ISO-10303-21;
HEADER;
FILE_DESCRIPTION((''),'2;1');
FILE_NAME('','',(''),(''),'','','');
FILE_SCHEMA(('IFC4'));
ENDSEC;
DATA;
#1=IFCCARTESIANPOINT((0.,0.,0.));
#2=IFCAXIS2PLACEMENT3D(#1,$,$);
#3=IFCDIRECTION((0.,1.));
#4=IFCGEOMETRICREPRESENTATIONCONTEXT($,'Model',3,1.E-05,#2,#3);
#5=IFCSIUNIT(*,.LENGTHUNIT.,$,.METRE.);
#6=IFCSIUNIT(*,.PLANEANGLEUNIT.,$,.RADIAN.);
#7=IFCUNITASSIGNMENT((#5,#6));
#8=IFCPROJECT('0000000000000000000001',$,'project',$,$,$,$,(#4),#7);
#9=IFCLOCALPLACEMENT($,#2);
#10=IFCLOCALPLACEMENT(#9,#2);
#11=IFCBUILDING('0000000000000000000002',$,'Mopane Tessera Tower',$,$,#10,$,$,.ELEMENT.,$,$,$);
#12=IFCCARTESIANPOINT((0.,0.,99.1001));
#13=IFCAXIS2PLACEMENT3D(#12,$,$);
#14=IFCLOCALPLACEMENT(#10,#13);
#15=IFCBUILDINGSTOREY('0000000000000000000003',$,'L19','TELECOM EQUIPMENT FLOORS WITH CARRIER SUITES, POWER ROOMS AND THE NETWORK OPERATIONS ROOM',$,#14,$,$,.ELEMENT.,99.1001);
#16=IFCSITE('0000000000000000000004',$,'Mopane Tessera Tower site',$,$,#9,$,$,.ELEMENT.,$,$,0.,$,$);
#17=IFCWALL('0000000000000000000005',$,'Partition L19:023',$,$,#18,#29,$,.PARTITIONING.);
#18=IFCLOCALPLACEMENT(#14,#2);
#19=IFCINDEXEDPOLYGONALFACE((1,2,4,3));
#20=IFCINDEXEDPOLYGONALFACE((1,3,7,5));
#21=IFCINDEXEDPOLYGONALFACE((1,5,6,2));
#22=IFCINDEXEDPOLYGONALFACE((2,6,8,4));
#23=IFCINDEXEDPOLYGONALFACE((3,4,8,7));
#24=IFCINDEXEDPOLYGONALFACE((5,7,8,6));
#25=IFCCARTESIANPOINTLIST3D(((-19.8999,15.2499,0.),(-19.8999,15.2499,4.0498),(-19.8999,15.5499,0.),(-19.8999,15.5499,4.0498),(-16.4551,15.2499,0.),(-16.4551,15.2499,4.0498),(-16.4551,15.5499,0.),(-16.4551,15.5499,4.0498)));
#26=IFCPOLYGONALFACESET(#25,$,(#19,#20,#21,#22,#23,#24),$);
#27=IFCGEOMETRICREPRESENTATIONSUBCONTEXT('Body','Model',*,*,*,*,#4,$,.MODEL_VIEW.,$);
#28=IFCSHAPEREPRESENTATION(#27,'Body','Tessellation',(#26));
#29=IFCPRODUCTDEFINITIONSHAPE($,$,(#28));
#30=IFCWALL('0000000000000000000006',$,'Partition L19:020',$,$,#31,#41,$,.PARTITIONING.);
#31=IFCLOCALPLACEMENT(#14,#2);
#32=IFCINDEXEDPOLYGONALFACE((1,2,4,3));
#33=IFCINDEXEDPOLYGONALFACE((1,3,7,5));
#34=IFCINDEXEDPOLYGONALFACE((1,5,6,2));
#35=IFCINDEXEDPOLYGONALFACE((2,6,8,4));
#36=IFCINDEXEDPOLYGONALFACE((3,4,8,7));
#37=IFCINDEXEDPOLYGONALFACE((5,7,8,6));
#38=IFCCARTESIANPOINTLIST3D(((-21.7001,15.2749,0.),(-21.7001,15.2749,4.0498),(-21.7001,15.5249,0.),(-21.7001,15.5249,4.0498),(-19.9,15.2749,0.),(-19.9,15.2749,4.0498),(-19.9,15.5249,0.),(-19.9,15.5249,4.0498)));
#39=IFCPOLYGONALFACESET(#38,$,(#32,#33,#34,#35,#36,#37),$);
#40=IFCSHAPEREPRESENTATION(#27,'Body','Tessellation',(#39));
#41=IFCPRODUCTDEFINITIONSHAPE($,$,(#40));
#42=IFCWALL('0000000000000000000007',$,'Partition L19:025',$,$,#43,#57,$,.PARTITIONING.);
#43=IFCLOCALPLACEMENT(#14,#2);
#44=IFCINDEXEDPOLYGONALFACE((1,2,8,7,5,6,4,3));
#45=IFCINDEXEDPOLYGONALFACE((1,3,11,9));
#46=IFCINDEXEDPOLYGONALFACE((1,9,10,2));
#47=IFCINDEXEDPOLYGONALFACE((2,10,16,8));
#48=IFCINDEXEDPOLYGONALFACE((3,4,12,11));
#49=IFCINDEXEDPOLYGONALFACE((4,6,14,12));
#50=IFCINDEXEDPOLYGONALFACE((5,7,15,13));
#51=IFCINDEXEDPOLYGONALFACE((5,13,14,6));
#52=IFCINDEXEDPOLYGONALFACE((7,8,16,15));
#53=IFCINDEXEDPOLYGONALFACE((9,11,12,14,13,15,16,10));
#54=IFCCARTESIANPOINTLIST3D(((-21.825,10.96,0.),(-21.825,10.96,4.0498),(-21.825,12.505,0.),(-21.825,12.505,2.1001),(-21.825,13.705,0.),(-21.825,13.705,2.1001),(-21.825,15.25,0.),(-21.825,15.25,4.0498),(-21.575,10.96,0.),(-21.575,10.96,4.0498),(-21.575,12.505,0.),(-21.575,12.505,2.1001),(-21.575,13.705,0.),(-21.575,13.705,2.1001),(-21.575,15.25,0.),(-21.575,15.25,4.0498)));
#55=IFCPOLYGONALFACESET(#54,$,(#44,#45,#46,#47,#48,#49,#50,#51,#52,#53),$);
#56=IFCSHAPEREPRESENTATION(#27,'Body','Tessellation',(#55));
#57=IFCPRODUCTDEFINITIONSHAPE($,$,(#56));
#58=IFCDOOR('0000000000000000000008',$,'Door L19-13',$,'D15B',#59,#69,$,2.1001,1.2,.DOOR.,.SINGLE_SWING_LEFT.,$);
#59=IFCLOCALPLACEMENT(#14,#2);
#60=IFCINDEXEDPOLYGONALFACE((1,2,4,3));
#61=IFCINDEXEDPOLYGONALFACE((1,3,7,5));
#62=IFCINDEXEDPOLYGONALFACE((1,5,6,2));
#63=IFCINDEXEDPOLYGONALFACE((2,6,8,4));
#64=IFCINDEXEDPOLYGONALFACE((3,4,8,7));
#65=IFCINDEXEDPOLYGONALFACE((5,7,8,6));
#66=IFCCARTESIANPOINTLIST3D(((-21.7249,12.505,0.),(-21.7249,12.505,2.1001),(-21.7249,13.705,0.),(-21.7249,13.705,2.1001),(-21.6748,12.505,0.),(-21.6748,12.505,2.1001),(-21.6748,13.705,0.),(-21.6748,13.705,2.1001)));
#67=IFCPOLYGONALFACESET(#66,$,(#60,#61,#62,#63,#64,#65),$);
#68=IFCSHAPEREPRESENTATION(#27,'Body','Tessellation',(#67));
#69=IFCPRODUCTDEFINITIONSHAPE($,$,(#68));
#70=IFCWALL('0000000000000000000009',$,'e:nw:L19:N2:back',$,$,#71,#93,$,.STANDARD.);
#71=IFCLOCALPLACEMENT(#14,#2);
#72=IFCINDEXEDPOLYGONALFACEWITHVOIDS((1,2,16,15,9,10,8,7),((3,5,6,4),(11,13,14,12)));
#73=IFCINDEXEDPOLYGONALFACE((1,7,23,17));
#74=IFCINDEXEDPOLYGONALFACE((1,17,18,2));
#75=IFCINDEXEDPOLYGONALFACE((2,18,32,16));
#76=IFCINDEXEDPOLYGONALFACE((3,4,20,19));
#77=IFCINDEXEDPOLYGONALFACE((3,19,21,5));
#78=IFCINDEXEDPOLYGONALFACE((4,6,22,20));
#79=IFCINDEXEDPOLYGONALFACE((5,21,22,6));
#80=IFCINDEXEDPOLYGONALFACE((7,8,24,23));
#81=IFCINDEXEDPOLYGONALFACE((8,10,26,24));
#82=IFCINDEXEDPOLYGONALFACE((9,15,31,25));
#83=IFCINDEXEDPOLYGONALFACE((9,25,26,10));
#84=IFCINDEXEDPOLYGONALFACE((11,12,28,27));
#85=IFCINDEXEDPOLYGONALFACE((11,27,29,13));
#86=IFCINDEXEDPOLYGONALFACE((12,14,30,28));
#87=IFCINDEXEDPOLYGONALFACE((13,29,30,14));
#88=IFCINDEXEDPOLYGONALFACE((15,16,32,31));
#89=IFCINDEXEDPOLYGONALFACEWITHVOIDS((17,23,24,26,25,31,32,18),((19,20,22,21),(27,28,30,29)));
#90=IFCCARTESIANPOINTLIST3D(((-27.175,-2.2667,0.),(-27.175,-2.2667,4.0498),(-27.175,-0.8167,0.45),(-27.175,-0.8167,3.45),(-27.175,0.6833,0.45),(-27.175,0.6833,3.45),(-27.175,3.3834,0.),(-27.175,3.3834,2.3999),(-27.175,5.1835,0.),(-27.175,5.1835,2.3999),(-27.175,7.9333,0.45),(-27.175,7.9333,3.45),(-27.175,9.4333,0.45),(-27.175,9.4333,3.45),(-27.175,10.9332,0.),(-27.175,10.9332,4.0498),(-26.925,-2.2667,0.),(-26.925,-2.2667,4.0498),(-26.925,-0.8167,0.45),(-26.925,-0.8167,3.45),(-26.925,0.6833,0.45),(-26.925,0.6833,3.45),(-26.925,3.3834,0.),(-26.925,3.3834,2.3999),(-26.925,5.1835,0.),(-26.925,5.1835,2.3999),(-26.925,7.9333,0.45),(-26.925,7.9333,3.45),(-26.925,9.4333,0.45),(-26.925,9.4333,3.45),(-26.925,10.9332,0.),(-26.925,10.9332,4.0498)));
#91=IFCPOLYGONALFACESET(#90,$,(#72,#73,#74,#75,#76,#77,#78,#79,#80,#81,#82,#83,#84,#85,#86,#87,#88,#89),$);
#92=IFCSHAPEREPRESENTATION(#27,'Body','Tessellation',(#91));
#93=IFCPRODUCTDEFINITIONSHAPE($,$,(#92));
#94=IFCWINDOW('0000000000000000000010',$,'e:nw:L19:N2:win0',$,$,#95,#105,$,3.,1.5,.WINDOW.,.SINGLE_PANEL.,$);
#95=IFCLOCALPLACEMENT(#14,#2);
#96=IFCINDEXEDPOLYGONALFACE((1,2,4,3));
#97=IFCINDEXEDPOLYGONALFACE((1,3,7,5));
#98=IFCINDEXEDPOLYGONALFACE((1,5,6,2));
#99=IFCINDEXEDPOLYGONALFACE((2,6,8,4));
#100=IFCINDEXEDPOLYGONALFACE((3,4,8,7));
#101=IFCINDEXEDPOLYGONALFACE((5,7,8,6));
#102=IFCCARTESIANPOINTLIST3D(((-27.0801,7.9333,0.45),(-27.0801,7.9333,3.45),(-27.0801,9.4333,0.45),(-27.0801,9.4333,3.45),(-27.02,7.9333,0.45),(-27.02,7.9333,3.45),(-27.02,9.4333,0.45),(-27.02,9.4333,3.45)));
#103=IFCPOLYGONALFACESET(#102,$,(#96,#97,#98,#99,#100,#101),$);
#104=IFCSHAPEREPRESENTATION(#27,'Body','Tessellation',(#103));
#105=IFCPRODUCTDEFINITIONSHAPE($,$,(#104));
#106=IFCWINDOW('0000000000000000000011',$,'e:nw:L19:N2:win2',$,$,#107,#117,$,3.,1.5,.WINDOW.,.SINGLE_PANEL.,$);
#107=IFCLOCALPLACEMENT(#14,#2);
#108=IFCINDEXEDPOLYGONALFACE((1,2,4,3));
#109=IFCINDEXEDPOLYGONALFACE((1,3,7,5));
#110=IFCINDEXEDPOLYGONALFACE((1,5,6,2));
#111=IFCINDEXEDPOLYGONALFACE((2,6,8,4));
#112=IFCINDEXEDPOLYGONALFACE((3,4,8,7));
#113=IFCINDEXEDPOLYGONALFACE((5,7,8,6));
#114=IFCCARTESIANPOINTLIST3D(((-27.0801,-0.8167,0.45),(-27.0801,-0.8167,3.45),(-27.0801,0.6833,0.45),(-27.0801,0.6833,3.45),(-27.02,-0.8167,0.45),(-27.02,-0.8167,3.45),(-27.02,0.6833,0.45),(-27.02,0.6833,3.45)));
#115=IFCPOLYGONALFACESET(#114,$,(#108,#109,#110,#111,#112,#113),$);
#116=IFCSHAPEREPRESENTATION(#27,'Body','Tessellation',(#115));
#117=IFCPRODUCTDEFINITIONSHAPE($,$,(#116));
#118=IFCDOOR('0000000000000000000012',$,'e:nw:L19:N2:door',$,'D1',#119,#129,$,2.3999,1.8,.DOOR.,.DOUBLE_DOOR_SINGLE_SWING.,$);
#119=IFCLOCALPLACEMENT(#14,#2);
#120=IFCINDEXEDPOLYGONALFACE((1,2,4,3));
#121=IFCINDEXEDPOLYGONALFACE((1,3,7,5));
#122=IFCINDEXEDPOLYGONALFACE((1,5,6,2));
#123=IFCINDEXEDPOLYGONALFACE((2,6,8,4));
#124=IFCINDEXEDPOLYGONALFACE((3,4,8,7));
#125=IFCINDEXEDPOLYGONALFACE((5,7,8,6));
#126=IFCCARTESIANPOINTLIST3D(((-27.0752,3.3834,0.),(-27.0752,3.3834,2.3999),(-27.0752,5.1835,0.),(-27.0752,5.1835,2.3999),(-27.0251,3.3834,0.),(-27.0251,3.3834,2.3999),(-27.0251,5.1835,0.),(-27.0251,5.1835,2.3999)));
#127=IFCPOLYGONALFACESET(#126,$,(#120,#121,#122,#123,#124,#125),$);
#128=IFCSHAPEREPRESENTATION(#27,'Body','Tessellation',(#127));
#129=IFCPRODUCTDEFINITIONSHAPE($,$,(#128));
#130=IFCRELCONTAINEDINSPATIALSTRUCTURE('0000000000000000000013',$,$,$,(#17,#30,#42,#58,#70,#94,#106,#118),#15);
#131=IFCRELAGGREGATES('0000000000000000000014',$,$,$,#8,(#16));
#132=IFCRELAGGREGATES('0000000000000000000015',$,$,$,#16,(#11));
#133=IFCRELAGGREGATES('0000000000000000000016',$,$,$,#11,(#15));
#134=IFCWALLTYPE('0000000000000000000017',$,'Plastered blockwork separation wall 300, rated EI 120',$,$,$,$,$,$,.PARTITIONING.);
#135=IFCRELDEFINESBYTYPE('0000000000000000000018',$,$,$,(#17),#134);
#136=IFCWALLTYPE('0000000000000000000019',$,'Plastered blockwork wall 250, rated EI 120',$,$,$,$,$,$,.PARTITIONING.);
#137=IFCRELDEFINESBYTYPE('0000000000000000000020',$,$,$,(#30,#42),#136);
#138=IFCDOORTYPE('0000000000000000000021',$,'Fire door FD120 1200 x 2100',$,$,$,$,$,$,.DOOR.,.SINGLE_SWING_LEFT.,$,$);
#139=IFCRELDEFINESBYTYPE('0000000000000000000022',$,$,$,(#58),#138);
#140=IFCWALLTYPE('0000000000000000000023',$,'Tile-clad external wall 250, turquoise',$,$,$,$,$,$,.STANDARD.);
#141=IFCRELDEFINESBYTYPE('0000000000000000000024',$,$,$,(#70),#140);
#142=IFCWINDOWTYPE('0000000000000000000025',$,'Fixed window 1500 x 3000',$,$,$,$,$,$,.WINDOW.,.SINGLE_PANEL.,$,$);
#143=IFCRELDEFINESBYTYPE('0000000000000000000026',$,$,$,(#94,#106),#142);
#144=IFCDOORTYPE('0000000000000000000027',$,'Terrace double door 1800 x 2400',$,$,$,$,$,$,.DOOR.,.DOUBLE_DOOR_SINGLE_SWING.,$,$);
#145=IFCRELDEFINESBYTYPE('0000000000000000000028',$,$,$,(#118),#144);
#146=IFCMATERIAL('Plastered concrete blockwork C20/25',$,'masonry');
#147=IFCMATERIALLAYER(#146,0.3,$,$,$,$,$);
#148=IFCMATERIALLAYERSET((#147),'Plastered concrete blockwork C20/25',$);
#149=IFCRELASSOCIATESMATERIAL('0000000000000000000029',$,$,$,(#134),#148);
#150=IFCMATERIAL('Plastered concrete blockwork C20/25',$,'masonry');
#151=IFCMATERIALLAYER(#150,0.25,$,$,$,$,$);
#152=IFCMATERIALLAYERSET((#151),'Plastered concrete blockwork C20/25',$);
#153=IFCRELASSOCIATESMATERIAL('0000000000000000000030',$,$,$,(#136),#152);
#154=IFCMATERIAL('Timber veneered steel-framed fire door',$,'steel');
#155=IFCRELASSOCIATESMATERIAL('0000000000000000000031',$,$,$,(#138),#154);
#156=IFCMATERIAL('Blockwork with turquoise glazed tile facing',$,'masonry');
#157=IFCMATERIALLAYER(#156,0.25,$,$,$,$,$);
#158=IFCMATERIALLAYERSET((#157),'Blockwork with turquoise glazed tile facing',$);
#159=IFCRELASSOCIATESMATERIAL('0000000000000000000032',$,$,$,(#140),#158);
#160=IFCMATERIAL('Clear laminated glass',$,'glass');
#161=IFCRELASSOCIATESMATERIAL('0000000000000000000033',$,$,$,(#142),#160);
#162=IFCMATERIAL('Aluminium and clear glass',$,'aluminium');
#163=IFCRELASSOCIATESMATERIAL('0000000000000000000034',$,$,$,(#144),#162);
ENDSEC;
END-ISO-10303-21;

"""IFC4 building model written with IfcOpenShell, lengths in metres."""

from ifc_helpers import new_model, si_unit, direction, frame, frame_2d, origin, place, context, subcontext, project, spatial, rectangle, extrude, material, layer, layer_set, type_object, element, fill, save


model = new_model("IFC4")

# Units and contexts
model_context = context("Model", 3, precision=1e-05, world=origin(), true_north=direction((0.0, 1.0)))
body_context = subcontext(model_context, "Body", "Model", "MODEL_VIEW")
ifc_project = project(units=[si_unit("LENGTHUNIT", "METRE"), si_unit("PLANEANGLEUNIT", "RADIAN")], contexts=[model_context])

# Site, building, storey
site_placement = place(None, origin())
site = spatial("IfcSite", under=ifc_project, at=site_placement, Name="Mopane Tessera Tower site", CompositionType="ELEMENT", RefElevation=0.0)
building_placement = place(site_placement, origin())
building = spatial("IfcBuilding", under=site, at=building_placement, Name="Mopane Tessera Tower", CompositionType="ELEMENT")
storey_placement = place(building_placement, frame((0.0, 0.0, 99.1001)))
storey = spatial("IfcBuildingStorey", under=building, at=storey_placement, Name="L19", Description="TELECOM EQUIPMENT FLOORS WITH CARRIER SUITES, POWER ROOMS AND THE NETWORK OPERATIONS ROOM", CompositionType="ELEMENT", Elevation=99.1001)

# Walls
ifc_material_1 = material(Name="Plastered concrete blockwork C20/25", Category="masonry")
ifc_layer_1 = layer(ifc_material_1, 0.3)
ifc_layer_set_1 = layer_set([ifc_layer_1], Name="Plastered concrete blockwork C20/25")
wall_type_1 = type_object("IfcWallType", Name="Plastered blockwork separation wall 300, rated EI 120", PredefinedType="PARTITIONING", material=ifc_layer_set_1)
wall_1_placement = place(storey_placement, frame((-19.8999, 15.3999, 0.0), z_axis=(0.0, 0.0, 1.0), x_axis=(1.0, 0.0, 0.0)))
element("IfcWall", 1, at=wall_1_placement, inside=storey, type_object=wall_type_1, Name="Partition L19:023", PredefinedType="PARTITIONING", context=body_context, shape_type="SweptSolid", body=[
    extrude(rectangle(XDim=3.4448, YDim=0.3, at=frame_2d((1.7224, 0.0))), origin(), (0.0, 0.0, 1.0), 4.0498),
])
ifc_material_2 = material(Name="Plastered concrete blockwork C20/25", Category="masonry")
ifc_layer_2 = layer(ifc_material_2, 0.25)
ifc_layer_set_2 = layer_set([ifc_layer_2], Name="Plastered concrete blockwork C20/25")
wall_type_2 = type_object("IfcWallType", Name="Plastered blockwork wall 250, rated EI 120", PredefinedType="PARTITIONING", material=ifc_layer_set_2)
wall_2_placement = place(storey_placement, frame((-21.7, 15.3999, 0.0), z_axis=(0.0, 0.0, 1.0), x_axis=(1.0, 0.0, 0.0)))
element("IfcWall", 2, at=wall_2_placement, inside=storey, type_object=wall_type_2, Name="Partition L19:020", PredefinedType="PARTITIONING", context=body_context, shape_type="SweptSolid", body=[
    extrude(rectangle(XDim=1.8, YDim=0.25, at=frame_2d((0.8999, 0.0))), origin(), (0.0, 0.0, 1.0), 4.0498),
])

# Wall, opening, door
wall_3_placement = place(storey_placement, frame((-21.7, 10.96, 0.0), z_axis=(0.0, 0.0, 1.0), x_axis=(0.0, 1.0, 0.0)))
wall_3 = element("IfcWall", 3, at=wall_3_placement, inside=storey, type_object=wall_type_2, Name="Partition L19:025", PredefinedType="PARTITIONING", context=body_context, shape_type="SweptSolid", body=[
    extrude(rectangle(XDim=4.29, YDim=0.25, at=frame_2d((2.145, 0.0))), origin(), (0.0, 0.0, 1.0), 4.0498),
])
opening_1_placement = place(wall_3_placement, frame((1.5449, 0.0, 0.0)))
opening_1 = element("IfcOpeningElement", 4, at=opening_1_placement, cuts=wall_3, PredefinedType="OPENING", context=body_context, shape_type="SweptSolid", body=[
    extrude(rectangle(XDim=1.2, YDim=2.1001, at=frame_2d((0.6001, 1.05))), frame((0.0, 0.137, 0.0), z_axis=(0.0, -1.0, 0.0), x_axis=(1.0, 0.0, 0.0)), (0.0, 0.0, 1.0), 0.2739),
])
ifc_material_3 = material(Name="Timber veneered steel-framed fire door", Category="steel")
door_type_1 = type_object("IfcDoorType", Name="Fire door FD120 1200 x 2100", OperationType="SINGLE_SWING_LEFT", PredefinedType="DOOR", material=ifc_material_3)
door_1_placement = place(opening_1_placement, origin())
door_1 = element("IfcDoor", 5, at=door_1_placement, inside=storey, type_object=door_type_1, Name="Door L19-13", ObjectType="D15B", OperationType="SINGLE_SWING_LEFT", OverallHeight=2.1001, OverallWidth=1.2, PredefinedType="DOOR", context=body_context, shape_type="SweptSolid", body=[
    extrude(rectangle(XDim=1.2, YDim=2.1001, at=frame_2d((0.6001, 1.05))), frame((0.0, 0.0249, 0.0), z_axis=(0.0, -1.0, 0.0), x_axis=(1.0, 0.0, 0.0)), (0.0, 0.0, 1.0), 0.05),
])
fill(opening_1, door_1)

# Wall, openings, windows, door
ifc_material_4 = material(Name="Blockwork with turquoise glazed tile facing", Category="masonry")
ifc_layer_3 = layer(ifc_material_4, 0.25)
ifc_layer_set_3 = layer_set([ifc_layer_3], Name="Blockwork with turquoise glazed tile facing")
wall_type_3 = type_object("IfcWallType", Name="Tile-clad external wall 250, turquoise", PredefinedType="STANDARD", material=ifc_layer_set_3)
wall_4_placement = place(storey_placement, frame((-27.05, 10.9333, 0.0), z_axis=(0.0, 0.0, 1.0), x_axis=(0.0, -1.0, 0.0)))
wall_4 = element("IfcWall", 6, at=wall_4_placement, inside=storey, type_object=wall_type_3, Name="e:nw:L19:N2:back", PredefinedType="STANDARD", context=body_context, shape_type="SweptSolid", body=[
    extrude(rectangle(XDim=13.2, YDim=0.25, at=frame_2d((6.6001, 0.0))), origin(), (0.0, 0.0, 1.0), 4.0498),
])
opening_2_placement = place(wall_4_placement, frame((1.5, 0.0, 0.45)))
opening_2 = element("IfcOpeningElement", 7, at=opening_2_placement, cuts=wall_4, PredefinedType="OPENING", context=body_context, shape_type="SweptSolid", body=[
    extrude(rectangle(XDim=1.5, YDim=3.0, at=frame_2d((0.75, 1.5))), frame((0.0, 0.137, 0.0), z_axis=(0.0, -1.0, 0.0), x_axis=(1.0, 0.0, 0.0)), (0.0, 0.0, 1.0), 0.2739),
])
opening_3_placement = place(wall_4_placement, frame((5.75, 0.0, 0.0)))
opening_3 = element("IfcOpeningElement", 8, at=opening_3_placement, cuts=wall_4, PredefinedType="OPENING", context=body_context, shape_type="SweptSolid", body=[
    extrude(rectangle(XDim=1.8, YDim=2.3999, at=frame_2d((0.8999, 1.2))), frame((0.0, 0.137, 0.0), z_axis=(0.0, -1.0, 0.0), x_axis=(1.0, 0.0, 0.0)), (0.0, 0.0, 1.0), 0.2739),
])
opening_4_placement = place(wall_4_placement, frame((10.25, 0.0, 0.45)))
opening_4 = element("IfcOpeningElement", 9, at=opening_4_placement, cuts=wall_4, PredefinedType="OPENING", context=body_context, shape_type="SweptSolid", body=[
    extrude(rectangle(XDim=1.5, YDim=3.0, at=frame_2d((0.75, 1.5))), frame((0.0, 0.137, 0.0), z_axis=(0.0, -1.0, 0.0), x_axis=(1.0, 0.0, 0.0)), (0.0, 0.0, 1.0), 0.2739),
])
ifc_material_5 = material(Name="Clear laminated glass", Category="glass")
window_type = type_object("IfcWindowType", Name="Fixed window 1500 x 3000", PartitioningType="SINGLE_PANEL", PredefinedType="WINDOW", material=ifc_material_5)
window_1_placement = place(opening_2_placement, origin())
window_1 = element("IfcWindow", 10, at=window_1_placement, inside=storey, type_object=window_type, Name="e:nw:L19:N2:win0", OverallHeight=3.0, OverallWidth=1.5, PartitioningType="SINGLE_PANEL", PredefinedType="WINDOW", context=body_context, shape_type="SweptSolid", body=[
    extrude(rectangle(XDim=1.5, YDim=3.0, at=frame_2d((0.75, 1.5))), frame((0.0, 0.03, 0.0), z_axis=(0.0, -1.0, 0.0), x_axis=(1.0, 0.0, 0.0)), (0.0, 0.0, 1.0), 0.0601),
])
fill(opening_2, window_1)
window_2_placement = place(opening_4_placement, origin())
window_2 = element("IfcWindow", 11, at=window_2_placement, inside=storey, type_object=window_type, Name="e:nw:L19:N2:win2", OverallHeight=3.0, OverallWidth=1.5, PartitioningType="SINGLE_PANEL", PredefinedType="WINDOW", context=body_context, shape_type="SweptSolid", body=[
    extrude(rectangle(XDim=1.5, YDim=3.0, at=frame_2d((0.75, 1.5))), frame((0.0, 0.03, 0.0), z_axis=(0.0, -1.0, 0.0), x_axis=(1.0, 0.0, 0.0)), (0.0, 0.0, 1.0), 0.0601),
])
fill(opening_4, window_2)
ifc_material_6 = material(Name="Aluminium and clear glass", Category="aluminium")
door_type_2 = type_object("IfcDoorType", Name="Terrace double door 1800 x 2400", OperationType="DOUBLE_DOOR_SINGLE_SWING", PredefinedType="DOOR", material=ifc_material_6)
door_2_placement = place(opening_3_placement, origin())
door_2 = element("IfcDoor", 12, at=door_2_placement, inside=storey, type_object=door_type_2, Name="e:nw:L19:N2:door", ObjectType="D1", OperationType="DOUBLE_DOOR_SINGLE_SWING", OverallHeight=2.3999, OverallWidth=1.8, PredefinedType="DOOR", context=body_context, shape_type="SweptSolid", body=[
    extrude(rectangle(XDim=1.8, YDim=2.3999, at=frame_2d((0.8999, 1.2))), frame((0.0, 0.0249, 0.0), z_axis=(0.0, -1.0, 0.0), x_axis=(1.0, 0.0, 0.0)), (0.0, 0.0, 1.0), 0.05),
])
fill(opening_3, door_2)

save(model, "model.ifc")
